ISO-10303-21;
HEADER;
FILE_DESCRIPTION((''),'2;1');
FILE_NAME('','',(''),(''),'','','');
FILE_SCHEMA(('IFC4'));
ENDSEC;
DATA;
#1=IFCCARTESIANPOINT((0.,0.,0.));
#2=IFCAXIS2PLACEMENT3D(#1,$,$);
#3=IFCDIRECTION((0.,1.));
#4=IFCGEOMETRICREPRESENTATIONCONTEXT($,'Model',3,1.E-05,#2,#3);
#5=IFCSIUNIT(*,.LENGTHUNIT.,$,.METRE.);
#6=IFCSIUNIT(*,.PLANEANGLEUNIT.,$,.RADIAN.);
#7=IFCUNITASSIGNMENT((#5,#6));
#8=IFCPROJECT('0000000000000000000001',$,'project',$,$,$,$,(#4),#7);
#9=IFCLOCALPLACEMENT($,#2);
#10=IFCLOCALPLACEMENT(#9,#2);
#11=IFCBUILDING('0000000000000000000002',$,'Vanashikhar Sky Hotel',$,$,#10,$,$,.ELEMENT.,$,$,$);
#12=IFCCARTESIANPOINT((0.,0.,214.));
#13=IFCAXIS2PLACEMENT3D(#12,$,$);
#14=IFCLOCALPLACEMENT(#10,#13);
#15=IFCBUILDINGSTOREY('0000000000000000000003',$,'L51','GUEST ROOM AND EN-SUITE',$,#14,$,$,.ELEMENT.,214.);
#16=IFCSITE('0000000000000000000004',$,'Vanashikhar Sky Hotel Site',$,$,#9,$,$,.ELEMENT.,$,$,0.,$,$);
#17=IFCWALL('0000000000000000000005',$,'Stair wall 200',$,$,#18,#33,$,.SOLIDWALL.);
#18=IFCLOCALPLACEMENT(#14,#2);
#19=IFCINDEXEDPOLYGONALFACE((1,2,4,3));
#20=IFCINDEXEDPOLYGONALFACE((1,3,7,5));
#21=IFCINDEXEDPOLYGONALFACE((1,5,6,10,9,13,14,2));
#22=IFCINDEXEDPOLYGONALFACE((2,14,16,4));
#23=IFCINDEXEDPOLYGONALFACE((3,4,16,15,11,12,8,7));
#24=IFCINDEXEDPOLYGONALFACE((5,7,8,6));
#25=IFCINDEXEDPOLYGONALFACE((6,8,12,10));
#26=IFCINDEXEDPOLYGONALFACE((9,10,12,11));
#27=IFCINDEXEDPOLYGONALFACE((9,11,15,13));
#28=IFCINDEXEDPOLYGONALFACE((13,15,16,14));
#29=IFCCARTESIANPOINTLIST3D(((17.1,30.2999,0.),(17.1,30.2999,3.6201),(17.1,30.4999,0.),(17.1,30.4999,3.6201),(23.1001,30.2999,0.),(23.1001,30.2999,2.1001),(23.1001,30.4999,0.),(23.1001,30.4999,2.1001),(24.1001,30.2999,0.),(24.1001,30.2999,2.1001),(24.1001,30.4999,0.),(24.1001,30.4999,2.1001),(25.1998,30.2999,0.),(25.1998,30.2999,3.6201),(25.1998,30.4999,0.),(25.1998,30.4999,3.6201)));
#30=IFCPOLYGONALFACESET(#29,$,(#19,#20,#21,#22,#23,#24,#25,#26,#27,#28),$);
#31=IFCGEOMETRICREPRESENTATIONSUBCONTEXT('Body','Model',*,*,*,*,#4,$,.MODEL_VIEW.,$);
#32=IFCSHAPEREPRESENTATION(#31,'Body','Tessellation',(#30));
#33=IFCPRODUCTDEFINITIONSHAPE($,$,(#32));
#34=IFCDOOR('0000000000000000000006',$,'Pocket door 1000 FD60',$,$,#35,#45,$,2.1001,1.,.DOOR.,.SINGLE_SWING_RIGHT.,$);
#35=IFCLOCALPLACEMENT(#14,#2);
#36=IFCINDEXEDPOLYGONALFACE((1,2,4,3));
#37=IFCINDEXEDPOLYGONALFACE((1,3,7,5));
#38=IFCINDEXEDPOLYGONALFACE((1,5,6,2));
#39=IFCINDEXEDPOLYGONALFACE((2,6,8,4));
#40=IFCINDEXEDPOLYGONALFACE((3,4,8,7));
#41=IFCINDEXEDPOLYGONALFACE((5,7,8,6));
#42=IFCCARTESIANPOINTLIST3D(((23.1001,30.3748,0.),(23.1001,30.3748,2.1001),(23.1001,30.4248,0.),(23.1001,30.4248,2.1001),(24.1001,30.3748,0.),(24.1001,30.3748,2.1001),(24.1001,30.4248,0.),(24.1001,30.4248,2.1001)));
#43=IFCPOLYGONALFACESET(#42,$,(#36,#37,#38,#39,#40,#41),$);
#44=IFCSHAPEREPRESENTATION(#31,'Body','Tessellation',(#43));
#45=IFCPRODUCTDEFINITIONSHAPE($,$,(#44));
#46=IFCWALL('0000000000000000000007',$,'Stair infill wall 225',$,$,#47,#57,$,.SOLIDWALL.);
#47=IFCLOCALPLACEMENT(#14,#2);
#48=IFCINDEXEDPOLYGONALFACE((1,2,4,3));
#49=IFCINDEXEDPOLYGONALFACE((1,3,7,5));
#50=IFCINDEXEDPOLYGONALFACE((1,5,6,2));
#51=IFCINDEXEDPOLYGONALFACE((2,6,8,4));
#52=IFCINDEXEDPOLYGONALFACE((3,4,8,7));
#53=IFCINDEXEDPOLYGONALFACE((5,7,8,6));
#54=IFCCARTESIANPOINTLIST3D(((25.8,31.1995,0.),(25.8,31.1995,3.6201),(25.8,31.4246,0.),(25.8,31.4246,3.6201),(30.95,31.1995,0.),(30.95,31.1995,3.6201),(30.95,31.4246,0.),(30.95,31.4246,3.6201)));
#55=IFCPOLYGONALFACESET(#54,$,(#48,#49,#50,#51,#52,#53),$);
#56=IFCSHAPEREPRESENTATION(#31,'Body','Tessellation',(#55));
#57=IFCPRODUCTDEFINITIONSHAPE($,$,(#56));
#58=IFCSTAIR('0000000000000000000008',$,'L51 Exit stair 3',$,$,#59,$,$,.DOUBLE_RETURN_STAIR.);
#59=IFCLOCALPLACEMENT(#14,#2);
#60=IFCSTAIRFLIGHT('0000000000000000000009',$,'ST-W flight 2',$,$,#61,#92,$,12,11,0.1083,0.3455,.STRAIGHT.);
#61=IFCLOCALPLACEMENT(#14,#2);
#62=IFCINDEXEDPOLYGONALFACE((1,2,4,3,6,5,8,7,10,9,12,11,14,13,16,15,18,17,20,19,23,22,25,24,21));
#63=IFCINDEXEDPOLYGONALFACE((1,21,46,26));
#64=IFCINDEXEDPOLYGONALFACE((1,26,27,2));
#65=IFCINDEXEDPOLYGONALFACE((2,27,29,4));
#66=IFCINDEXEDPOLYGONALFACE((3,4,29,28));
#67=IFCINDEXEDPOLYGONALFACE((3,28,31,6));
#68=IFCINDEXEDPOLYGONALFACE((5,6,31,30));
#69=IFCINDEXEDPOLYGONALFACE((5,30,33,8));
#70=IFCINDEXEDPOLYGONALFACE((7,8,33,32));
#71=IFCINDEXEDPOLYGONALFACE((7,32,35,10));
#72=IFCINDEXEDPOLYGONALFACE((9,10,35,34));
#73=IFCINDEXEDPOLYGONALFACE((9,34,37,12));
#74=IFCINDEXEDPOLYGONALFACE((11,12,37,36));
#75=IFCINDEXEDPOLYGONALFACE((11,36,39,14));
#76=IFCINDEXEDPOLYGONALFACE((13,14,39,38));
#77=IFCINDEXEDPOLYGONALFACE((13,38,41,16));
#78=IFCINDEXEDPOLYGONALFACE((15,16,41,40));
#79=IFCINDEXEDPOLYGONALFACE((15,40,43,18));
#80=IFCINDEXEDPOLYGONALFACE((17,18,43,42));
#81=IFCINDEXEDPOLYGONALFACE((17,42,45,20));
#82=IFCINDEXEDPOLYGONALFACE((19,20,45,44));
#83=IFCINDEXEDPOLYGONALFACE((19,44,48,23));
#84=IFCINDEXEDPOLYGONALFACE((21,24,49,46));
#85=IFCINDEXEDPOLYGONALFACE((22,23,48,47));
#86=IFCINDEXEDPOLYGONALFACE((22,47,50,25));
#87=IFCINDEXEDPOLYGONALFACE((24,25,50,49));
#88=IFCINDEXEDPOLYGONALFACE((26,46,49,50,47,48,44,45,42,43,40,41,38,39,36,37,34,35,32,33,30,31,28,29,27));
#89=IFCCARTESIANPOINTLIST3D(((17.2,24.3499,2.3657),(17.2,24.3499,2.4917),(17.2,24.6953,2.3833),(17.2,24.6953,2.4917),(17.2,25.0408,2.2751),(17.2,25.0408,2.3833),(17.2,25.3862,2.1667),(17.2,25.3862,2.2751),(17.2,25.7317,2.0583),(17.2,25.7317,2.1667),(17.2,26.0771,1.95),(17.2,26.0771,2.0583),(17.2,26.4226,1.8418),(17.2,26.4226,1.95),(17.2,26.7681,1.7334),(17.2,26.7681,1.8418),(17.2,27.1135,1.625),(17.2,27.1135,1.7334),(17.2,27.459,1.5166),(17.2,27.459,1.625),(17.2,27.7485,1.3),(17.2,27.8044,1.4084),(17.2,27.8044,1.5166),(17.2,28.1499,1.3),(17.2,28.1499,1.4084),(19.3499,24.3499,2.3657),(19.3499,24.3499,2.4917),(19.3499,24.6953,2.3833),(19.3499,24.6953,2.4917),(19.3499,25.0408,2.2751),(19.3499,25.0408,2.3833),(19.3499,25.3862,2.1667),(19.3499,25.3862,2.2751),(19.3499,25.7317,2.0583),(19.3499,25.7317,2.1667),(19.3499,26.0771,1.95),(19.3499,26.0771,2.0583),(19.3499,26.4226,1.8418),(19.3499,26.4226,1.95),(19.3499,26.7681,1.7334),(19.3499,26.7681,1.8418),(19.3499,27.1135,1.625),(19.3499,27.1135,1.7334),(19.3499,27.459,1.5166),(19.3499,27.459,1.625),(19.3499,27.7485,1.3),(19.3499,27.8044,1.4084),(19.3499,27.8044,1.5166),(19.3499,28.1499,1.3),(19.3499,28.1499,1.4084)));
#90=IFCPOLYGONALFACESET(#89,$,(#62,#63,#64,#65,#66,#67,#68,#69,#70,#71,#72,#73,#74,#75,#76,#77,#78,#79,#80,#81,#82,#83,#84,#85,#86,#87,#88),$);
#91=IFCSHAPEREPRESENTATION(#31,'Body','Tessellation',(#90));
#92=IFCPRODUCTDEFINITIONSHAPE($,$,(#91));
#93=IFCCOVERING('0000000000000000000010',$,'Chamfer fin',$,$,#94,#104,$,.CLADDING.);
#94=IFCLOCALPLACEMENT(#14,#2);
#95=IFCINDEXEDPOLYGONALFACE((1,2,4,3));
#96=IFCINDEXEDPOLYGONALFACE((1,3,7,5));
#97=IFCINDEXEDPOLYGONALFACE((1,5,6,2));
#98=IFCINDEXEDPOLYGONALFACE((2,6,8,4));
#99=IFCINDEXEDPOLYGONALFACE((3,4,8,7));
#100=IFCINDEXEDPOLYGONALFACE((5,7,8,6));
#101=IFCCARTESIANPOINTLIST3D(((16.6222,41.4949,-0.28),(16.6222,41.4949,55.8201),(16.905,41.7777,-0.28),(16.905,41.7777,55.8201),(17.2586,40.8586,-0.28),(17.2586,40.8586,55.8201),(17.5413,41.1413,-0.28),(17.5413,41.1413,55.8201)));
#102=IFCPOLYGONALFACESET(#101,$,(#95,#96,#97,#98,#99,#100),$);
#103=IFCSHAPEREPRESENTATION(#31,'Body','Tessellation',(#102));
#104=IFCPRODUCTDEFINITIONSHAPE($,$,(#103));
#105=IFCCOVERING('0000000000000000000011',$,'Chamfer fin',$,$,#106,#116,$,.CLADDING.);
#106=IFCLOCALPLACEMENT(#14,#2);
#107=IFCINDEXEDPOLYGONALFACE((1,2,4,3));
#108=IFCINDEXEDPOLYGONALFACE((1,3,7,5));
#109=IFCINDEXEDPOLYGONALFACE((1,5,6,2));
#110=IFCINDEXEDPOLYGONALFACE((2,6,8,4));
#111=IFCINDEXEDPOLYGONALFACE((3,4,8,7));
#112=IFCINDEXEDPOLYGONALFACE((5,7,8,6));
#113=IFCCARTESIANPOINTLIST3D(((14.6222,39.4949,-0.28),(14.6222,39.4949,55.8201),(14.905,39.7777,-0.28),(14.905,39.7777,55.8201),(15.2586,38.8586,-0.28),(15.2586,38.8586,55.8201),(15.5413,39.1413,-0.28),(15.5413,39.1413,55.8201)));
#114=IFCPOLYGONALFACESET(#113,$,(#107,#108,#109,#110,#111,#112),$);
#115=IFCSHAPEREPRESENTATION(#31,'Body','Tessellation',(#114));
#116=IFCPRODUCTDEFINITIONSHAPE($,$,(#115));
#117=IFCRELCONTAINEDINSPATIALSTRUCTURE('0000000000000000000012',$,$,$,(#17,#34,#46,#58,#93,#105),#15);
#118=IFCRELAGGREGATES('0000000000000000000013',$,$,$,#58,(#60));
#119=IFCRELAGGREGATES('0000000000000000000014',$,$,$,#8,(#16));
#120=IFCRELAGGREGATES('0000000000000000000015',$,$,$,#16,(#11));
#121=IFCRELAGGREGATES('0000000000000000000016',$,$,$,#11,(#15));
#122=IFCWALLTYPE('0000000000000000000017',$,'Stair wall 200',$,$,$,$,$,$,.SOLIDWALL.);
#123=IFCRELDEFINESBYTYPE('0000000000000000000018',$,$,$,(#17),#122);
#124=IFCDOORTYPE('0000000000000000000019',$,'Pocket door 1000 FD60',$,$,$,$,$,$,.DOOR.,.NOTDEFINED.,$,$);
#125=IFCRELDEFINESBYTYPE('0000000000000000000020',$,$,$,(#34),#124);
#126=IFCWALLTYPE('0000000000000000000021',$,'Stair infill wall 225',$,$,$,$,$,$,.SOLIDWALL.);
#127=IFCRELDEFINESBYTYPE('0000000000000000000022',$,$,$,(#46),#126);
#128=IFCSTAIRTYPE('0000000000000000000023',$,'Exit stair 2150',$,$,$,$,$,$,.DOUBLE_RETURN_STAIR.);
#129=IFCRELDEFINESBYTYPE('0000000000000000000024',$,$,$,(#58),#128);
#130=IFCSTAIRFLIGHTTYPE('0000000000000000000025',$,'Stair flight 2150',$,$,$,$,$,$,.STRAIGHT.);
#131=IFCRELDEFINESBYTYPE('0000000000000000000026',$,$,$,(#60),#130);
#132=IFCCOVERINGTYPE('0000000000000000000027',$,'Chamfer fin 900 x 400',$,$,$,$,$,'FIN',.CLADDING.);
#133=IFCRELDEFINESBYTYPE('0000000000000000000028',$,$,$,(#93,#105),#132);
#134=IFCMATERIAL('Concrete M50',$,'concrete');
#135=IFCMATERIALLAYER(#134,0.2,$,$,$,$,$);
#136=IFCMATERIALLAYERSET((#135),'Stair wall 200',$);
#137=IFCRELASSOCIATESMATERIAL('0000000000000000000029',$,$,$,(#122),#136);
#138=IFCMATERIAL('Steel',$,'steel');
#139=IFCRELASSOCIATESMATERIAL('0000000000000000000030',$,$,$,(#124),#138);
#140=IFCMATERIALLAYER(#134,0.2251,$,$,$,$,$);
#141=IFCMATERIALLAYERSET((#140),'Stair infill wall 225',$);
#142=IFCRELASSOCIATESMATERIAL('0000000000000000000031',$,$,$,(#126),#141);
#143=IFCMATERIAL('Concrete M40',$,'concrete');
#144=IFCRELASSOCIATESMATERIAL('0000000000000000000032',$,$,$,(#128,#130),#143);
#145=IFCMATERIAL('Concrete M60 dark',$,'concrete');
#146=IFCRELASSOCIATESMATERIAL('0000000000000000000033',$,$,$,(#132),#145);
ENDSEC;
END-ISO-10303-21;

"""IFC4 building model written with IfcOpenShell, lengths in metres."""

from ifc_helpers import new_model, si_unit, direction, frame, frame_2d, origin, origin_2d, place, context, subcontext, project, spatial, polyline, rectangle, outline, extrude, source, transform, mapped, material, layer, layer_set, material_profile, profile_set, type_object, element, fill, aggregate, save


model = new_model("IFC4")

# Units and contexts
model_context = context("Model", 3, precision=1e-05, world=origin(), true_north=direction((0.0, 1.0)))
body_context = subcontext(model_context, "Body", "Model", "MODEL_VIEW")
ifc_project = project(units=[si_unit("LENGTHUNIT", "METRE"), si_unit("PLANEANGLEUNIT", "RADIAN")], contexts=[model_context])

# Site, building, storey
site_placement = place(None, origin())
site = spatial("IfcSite", under=ifc_project, at=site_placement, Name="Vanashikhar Sky Hotel Site", CompositionType="ELEMENT", RefElevation=0.0)
building_placement = place(site_placement, origin())
building = spatial("IfcBuilding", under=site, at=building_placement, Name="Vanashikhar Sky Hotel", CompositionType="ELEMENT")
storey_placement = place(building_placement, frame((0.0, 0.0, 214.0)))
storey = spatial("IfcBuildingStorey", under=building, at=storey_placement, Name="L51", Description="GUEST ROOM AND EN-SUITE", CompositionType="ELEMENT", Elevation=214.0)

# Shared definitions
ifc_material_1 = material(Name="Concrete M50", Category="concrete")

# Wall, opening, door
ifc_layer_1 = layer(ifc_material_1, 0.2)
ifc_layer_set_1 = layer_set([ifc_layer_1], Name="Stair wall 200")
wall_type_1 = type_object("IfcWallType", Name="Stair wall 200", PredefinedType="SOLIDWALL", material=ifc_layer_set_1)
shared_shape_1 = source(origin(), body_context, "Body", "SweptSolid", [
    extrude(rectangle(XDim=8.0999, YDim=0.2, at=frame_2d((4.0498, 0.0))), origin(), (0.0, 0.0, 1.0), 3.6201),
])
wall_1_placement = place(storey_placement, frame((17.1001, 30.3999, 0.0), z_axis=(0.0, 0.0, 1.0), x_axis=(1.0, 0.0, 0.0)))
wall_1 = element("IfcWall", 1, at=wall_1_placement, inside=storey, type_object=wall_type_1, Name="Stair wall 200", PredefinedType="SOLIDWALL", context=body_context, shape_type="MappedRepresentation", body=[
    mapped(shared_shape_1, transform((0.0, 0.0, 0.0), scale=1.0)),
])
shared_shape_2 = source(origin(), body_context, "Body", "SweptSolid", [
    extrude(rectangle(XDim=1.0, YDim=2.1001, at=frame_2d((0.5, 1.05))), frame((0.0, 0.1099, 0.0), z_axis=(0.0, -1.0, 0.0), x_axis=(1.0, 0.0, 0.0)), (0.0, 0.0, 1.0), 0.22),
])
opening_1_placement = place(wall_1_placement, frame((6.0, 0.0, 0.0)))
opening_1 = element("IfcOpeningElement", 2, at=opening_1_placement, cuts=wall_1, PredefinedType="OPENING", context=body_context, shape_type="MappedRepresentation", body=[
    mapped(shared_shape_2, transform((0.0, 0.0, 0.0), scale=1.0)),
])
ifc_material_2 = material(Name="Steel", Category="steel")
door_type_1 = type_object("IfcDoorType", Name="Pocket door 1000 FD60", OperationType="NOTDEFINED", PredefinedType="DOOR", material=ifc_material_2)
shared_shape_3 = source(origin(), body_context, "Body", "SweptSolid", [
    extrude(rectangle(XDim=1.0, YDim=2.1001, at=frame_2d((0.5, 1.05))), frame((0.0, 0.0249, 0.0), z_axis=(0.0, -1.0, 0.0), x_axis=(1.0, 0.0, 0.0)), (0.0, 0.0, 1.0), 0.05),
])
door_1_placement = place(opening_1_placement, origin())
door_1 = element("IfcDoor", 3, at=door_1_placement, inside=storey, type_object=door_type_1, Name="Pocket door 1000 FD60", OperationType="SINGLE_SWING_RIGHT", OverallHeight=2.1001, OverallWidth=1.0, PredefinedType="DOOR", context=body_context, shape_type="MappedRepresentation", body=[
    mapped(shared_shape_3, transform((0.0, 0.0, 0.0), scale=1.0)),
])
fill(opening_1, door_1)

# Wall
ifc_layer_2 = layer(ifc_material_1, 0.2251)
ifc_layer_set_2 = layer_set([ifc_layer_2], Name="Stair infill wall 225")
wall_type_2 = type_object("IfcWallType", Name="Stair infill wall 225", PredefinedType="SOLIDWALL", material=ifc_layer_set_2)
shared_shape_4 = source(origin(), body_context, "Body", "SweptSolid", [
    extrude(rectangle(XDim=5.1499, YDim=0.2251, at=frame_2d((2.575, 0.0))), origin(), (0.0, 0.0, 1.0), 3.6201),
])
wall_2_placement = place(storey_placement, frame((25.8, 31.312, 0.0), z_axis=(0.0, 0.0, 1.0), x_axis=(1.0, 0.0, 0.0)))
element("IfcWall", 4, at=wall_2_placement, inside=storey, type_object=wall_type_2, Name="Stair infill wall 225", PredefinedType="SOLIDWALL", context=body_context, shape_type="MappedRepresentation", body=[
    mapped(shared_shape_4, transform((0.0, 0.0, 0.0), scale=1.0)),
])

# Stair, stair flight
ifc_material_3 = material(Name="Concrete M40", Category="concrete")
stair_type = type_object("IfcStairType", Name="Exit stair 2150", PredefinedType="DOUBLE_RETURN_STAIR", material=ifc_material_3)
stair_placement = place(storey_placement, origin())
stair = element("IfcStair", 5, at=stair_placement, inside=storey, type_object=stair_type, Name="L51 Exit stair 3", PredefinedType="DOUBLE_RETURN_STAIR")
stair_flight_type = type_object("IfcStairFlightType", Name="Stair flight 2150", PredefinedType="STRAIGHT", material=ifc_material_3)
shared_shape_5 = source(origin(), body_context, "Body", "SweptSolid", [
    extrude(outline(polyline([(0.0, 0.0), (0.0, 0.1084), (0.3455, 0.1084), (0.3455, 0.2166), (0.6909, 0.2166), (0.6909, 0.325), (1.0364, 0.325), (1.0364, 0.4333), (1.3818, 0.4333), (1.3818, 0.5417), (1.7273, 0.5417), (1.7273, 0.6499), (2.0728, 0.6499), (2.0728, 0.7583), (2.4182, 0.7583), (2.4182, 0.8667), (2.7637, 0.8667), (2.7637, 0.9751), (3.1091, 0.9751), (3.1091, 1.0833), (3.4546, 1.0833), (3.4546, 1.1917), (3.8, 1.1917), (3.8, 1.3), (3.8, 1.0657), (0.4014, 0.0), (0.0, 0.0)])), frame((0.0, 1.075, 0.0), z_axis=(0.0, -1.0, 0.0), x_axis=(1.0, 0.0, 0.0)), (0.0, 0.0, 1.0), 2.1499),
])
stair_flight_placement = place(storey_placement, frame((18.2749, 28.1499, 1.3), z_axis=(0.0, 0.0, 1.0), x_axis=(0.0, -1.0, 0.0)))
stair_flight = element("IfcStairFlight", 6, at=stair_flight_placement, type_object=stair_flight_type, Name="ST-W flight 2", NumberOfRisers=12, NumberOfTreads=11, PredefinedType="STRAIGHT", RiserHeight=0.1083, TreadLength=0.3455, context=body_context, shape_type="MappedRepresentation", body=[
    mapped(shared_shape_5, transform((0.0, 0.0, 0.0), scale=1.0)),
])
aggregate(stair, [stair_flight])

# Coverings
ifc_material_4 = material(Name="Concrete M60 dark", Category="concrete")
ifc_material_profile = material_profile(ifc_material_4, rectangle(XDim=0.8999, YDim=0.3999, at=origin_2d()))
ifc_profile_set = profile_set([ifc_material_profile], Name="Chamfer fin 900 x 400")
covering_type = type_object("IfcCoveringType", Name="Chamfer fin 900 x 400", ElementType="FIN", PredefinedType="CLADDING", material=ifc_profile_set)
shared_shape_6 = source(origin(), body_context, "Body", "SweptSolid", [
    extrude(rectangle(XDim=0.8999, YDim=0.3999, at=origin_2d()), origin(), (0.0, 0.0, 1.0), 56.1001),
])
for number, where, z_axis, x_axis, name in (
    (7, (17.0818, 41.3181, -0.28), (0.0, 0.0, 1.0), (-0.707107, 0.707107, 0.0), "Chamfer fin"),
    (8, (15.0818, 39.3181, -0.28), (0.0, 0.0, 1.0), (-0.707107, 0.707107, 0.0), "Chamfer fin"),
):
    element("IfcCovering", number, at=place(storey_placement, frame(where, z_axis=z_axis, x_axis=x_axis)), inside=storey, type_object=covering_type, Name=name, PredefinedType="CLADDING", context=body_context, shape_type="MappedRepresentation", body=[
        mapped(shared_shape_6, transform((0.0, 0.0, 0.0), scale=1.0)),
    ])

save(model, "model.ifc")
